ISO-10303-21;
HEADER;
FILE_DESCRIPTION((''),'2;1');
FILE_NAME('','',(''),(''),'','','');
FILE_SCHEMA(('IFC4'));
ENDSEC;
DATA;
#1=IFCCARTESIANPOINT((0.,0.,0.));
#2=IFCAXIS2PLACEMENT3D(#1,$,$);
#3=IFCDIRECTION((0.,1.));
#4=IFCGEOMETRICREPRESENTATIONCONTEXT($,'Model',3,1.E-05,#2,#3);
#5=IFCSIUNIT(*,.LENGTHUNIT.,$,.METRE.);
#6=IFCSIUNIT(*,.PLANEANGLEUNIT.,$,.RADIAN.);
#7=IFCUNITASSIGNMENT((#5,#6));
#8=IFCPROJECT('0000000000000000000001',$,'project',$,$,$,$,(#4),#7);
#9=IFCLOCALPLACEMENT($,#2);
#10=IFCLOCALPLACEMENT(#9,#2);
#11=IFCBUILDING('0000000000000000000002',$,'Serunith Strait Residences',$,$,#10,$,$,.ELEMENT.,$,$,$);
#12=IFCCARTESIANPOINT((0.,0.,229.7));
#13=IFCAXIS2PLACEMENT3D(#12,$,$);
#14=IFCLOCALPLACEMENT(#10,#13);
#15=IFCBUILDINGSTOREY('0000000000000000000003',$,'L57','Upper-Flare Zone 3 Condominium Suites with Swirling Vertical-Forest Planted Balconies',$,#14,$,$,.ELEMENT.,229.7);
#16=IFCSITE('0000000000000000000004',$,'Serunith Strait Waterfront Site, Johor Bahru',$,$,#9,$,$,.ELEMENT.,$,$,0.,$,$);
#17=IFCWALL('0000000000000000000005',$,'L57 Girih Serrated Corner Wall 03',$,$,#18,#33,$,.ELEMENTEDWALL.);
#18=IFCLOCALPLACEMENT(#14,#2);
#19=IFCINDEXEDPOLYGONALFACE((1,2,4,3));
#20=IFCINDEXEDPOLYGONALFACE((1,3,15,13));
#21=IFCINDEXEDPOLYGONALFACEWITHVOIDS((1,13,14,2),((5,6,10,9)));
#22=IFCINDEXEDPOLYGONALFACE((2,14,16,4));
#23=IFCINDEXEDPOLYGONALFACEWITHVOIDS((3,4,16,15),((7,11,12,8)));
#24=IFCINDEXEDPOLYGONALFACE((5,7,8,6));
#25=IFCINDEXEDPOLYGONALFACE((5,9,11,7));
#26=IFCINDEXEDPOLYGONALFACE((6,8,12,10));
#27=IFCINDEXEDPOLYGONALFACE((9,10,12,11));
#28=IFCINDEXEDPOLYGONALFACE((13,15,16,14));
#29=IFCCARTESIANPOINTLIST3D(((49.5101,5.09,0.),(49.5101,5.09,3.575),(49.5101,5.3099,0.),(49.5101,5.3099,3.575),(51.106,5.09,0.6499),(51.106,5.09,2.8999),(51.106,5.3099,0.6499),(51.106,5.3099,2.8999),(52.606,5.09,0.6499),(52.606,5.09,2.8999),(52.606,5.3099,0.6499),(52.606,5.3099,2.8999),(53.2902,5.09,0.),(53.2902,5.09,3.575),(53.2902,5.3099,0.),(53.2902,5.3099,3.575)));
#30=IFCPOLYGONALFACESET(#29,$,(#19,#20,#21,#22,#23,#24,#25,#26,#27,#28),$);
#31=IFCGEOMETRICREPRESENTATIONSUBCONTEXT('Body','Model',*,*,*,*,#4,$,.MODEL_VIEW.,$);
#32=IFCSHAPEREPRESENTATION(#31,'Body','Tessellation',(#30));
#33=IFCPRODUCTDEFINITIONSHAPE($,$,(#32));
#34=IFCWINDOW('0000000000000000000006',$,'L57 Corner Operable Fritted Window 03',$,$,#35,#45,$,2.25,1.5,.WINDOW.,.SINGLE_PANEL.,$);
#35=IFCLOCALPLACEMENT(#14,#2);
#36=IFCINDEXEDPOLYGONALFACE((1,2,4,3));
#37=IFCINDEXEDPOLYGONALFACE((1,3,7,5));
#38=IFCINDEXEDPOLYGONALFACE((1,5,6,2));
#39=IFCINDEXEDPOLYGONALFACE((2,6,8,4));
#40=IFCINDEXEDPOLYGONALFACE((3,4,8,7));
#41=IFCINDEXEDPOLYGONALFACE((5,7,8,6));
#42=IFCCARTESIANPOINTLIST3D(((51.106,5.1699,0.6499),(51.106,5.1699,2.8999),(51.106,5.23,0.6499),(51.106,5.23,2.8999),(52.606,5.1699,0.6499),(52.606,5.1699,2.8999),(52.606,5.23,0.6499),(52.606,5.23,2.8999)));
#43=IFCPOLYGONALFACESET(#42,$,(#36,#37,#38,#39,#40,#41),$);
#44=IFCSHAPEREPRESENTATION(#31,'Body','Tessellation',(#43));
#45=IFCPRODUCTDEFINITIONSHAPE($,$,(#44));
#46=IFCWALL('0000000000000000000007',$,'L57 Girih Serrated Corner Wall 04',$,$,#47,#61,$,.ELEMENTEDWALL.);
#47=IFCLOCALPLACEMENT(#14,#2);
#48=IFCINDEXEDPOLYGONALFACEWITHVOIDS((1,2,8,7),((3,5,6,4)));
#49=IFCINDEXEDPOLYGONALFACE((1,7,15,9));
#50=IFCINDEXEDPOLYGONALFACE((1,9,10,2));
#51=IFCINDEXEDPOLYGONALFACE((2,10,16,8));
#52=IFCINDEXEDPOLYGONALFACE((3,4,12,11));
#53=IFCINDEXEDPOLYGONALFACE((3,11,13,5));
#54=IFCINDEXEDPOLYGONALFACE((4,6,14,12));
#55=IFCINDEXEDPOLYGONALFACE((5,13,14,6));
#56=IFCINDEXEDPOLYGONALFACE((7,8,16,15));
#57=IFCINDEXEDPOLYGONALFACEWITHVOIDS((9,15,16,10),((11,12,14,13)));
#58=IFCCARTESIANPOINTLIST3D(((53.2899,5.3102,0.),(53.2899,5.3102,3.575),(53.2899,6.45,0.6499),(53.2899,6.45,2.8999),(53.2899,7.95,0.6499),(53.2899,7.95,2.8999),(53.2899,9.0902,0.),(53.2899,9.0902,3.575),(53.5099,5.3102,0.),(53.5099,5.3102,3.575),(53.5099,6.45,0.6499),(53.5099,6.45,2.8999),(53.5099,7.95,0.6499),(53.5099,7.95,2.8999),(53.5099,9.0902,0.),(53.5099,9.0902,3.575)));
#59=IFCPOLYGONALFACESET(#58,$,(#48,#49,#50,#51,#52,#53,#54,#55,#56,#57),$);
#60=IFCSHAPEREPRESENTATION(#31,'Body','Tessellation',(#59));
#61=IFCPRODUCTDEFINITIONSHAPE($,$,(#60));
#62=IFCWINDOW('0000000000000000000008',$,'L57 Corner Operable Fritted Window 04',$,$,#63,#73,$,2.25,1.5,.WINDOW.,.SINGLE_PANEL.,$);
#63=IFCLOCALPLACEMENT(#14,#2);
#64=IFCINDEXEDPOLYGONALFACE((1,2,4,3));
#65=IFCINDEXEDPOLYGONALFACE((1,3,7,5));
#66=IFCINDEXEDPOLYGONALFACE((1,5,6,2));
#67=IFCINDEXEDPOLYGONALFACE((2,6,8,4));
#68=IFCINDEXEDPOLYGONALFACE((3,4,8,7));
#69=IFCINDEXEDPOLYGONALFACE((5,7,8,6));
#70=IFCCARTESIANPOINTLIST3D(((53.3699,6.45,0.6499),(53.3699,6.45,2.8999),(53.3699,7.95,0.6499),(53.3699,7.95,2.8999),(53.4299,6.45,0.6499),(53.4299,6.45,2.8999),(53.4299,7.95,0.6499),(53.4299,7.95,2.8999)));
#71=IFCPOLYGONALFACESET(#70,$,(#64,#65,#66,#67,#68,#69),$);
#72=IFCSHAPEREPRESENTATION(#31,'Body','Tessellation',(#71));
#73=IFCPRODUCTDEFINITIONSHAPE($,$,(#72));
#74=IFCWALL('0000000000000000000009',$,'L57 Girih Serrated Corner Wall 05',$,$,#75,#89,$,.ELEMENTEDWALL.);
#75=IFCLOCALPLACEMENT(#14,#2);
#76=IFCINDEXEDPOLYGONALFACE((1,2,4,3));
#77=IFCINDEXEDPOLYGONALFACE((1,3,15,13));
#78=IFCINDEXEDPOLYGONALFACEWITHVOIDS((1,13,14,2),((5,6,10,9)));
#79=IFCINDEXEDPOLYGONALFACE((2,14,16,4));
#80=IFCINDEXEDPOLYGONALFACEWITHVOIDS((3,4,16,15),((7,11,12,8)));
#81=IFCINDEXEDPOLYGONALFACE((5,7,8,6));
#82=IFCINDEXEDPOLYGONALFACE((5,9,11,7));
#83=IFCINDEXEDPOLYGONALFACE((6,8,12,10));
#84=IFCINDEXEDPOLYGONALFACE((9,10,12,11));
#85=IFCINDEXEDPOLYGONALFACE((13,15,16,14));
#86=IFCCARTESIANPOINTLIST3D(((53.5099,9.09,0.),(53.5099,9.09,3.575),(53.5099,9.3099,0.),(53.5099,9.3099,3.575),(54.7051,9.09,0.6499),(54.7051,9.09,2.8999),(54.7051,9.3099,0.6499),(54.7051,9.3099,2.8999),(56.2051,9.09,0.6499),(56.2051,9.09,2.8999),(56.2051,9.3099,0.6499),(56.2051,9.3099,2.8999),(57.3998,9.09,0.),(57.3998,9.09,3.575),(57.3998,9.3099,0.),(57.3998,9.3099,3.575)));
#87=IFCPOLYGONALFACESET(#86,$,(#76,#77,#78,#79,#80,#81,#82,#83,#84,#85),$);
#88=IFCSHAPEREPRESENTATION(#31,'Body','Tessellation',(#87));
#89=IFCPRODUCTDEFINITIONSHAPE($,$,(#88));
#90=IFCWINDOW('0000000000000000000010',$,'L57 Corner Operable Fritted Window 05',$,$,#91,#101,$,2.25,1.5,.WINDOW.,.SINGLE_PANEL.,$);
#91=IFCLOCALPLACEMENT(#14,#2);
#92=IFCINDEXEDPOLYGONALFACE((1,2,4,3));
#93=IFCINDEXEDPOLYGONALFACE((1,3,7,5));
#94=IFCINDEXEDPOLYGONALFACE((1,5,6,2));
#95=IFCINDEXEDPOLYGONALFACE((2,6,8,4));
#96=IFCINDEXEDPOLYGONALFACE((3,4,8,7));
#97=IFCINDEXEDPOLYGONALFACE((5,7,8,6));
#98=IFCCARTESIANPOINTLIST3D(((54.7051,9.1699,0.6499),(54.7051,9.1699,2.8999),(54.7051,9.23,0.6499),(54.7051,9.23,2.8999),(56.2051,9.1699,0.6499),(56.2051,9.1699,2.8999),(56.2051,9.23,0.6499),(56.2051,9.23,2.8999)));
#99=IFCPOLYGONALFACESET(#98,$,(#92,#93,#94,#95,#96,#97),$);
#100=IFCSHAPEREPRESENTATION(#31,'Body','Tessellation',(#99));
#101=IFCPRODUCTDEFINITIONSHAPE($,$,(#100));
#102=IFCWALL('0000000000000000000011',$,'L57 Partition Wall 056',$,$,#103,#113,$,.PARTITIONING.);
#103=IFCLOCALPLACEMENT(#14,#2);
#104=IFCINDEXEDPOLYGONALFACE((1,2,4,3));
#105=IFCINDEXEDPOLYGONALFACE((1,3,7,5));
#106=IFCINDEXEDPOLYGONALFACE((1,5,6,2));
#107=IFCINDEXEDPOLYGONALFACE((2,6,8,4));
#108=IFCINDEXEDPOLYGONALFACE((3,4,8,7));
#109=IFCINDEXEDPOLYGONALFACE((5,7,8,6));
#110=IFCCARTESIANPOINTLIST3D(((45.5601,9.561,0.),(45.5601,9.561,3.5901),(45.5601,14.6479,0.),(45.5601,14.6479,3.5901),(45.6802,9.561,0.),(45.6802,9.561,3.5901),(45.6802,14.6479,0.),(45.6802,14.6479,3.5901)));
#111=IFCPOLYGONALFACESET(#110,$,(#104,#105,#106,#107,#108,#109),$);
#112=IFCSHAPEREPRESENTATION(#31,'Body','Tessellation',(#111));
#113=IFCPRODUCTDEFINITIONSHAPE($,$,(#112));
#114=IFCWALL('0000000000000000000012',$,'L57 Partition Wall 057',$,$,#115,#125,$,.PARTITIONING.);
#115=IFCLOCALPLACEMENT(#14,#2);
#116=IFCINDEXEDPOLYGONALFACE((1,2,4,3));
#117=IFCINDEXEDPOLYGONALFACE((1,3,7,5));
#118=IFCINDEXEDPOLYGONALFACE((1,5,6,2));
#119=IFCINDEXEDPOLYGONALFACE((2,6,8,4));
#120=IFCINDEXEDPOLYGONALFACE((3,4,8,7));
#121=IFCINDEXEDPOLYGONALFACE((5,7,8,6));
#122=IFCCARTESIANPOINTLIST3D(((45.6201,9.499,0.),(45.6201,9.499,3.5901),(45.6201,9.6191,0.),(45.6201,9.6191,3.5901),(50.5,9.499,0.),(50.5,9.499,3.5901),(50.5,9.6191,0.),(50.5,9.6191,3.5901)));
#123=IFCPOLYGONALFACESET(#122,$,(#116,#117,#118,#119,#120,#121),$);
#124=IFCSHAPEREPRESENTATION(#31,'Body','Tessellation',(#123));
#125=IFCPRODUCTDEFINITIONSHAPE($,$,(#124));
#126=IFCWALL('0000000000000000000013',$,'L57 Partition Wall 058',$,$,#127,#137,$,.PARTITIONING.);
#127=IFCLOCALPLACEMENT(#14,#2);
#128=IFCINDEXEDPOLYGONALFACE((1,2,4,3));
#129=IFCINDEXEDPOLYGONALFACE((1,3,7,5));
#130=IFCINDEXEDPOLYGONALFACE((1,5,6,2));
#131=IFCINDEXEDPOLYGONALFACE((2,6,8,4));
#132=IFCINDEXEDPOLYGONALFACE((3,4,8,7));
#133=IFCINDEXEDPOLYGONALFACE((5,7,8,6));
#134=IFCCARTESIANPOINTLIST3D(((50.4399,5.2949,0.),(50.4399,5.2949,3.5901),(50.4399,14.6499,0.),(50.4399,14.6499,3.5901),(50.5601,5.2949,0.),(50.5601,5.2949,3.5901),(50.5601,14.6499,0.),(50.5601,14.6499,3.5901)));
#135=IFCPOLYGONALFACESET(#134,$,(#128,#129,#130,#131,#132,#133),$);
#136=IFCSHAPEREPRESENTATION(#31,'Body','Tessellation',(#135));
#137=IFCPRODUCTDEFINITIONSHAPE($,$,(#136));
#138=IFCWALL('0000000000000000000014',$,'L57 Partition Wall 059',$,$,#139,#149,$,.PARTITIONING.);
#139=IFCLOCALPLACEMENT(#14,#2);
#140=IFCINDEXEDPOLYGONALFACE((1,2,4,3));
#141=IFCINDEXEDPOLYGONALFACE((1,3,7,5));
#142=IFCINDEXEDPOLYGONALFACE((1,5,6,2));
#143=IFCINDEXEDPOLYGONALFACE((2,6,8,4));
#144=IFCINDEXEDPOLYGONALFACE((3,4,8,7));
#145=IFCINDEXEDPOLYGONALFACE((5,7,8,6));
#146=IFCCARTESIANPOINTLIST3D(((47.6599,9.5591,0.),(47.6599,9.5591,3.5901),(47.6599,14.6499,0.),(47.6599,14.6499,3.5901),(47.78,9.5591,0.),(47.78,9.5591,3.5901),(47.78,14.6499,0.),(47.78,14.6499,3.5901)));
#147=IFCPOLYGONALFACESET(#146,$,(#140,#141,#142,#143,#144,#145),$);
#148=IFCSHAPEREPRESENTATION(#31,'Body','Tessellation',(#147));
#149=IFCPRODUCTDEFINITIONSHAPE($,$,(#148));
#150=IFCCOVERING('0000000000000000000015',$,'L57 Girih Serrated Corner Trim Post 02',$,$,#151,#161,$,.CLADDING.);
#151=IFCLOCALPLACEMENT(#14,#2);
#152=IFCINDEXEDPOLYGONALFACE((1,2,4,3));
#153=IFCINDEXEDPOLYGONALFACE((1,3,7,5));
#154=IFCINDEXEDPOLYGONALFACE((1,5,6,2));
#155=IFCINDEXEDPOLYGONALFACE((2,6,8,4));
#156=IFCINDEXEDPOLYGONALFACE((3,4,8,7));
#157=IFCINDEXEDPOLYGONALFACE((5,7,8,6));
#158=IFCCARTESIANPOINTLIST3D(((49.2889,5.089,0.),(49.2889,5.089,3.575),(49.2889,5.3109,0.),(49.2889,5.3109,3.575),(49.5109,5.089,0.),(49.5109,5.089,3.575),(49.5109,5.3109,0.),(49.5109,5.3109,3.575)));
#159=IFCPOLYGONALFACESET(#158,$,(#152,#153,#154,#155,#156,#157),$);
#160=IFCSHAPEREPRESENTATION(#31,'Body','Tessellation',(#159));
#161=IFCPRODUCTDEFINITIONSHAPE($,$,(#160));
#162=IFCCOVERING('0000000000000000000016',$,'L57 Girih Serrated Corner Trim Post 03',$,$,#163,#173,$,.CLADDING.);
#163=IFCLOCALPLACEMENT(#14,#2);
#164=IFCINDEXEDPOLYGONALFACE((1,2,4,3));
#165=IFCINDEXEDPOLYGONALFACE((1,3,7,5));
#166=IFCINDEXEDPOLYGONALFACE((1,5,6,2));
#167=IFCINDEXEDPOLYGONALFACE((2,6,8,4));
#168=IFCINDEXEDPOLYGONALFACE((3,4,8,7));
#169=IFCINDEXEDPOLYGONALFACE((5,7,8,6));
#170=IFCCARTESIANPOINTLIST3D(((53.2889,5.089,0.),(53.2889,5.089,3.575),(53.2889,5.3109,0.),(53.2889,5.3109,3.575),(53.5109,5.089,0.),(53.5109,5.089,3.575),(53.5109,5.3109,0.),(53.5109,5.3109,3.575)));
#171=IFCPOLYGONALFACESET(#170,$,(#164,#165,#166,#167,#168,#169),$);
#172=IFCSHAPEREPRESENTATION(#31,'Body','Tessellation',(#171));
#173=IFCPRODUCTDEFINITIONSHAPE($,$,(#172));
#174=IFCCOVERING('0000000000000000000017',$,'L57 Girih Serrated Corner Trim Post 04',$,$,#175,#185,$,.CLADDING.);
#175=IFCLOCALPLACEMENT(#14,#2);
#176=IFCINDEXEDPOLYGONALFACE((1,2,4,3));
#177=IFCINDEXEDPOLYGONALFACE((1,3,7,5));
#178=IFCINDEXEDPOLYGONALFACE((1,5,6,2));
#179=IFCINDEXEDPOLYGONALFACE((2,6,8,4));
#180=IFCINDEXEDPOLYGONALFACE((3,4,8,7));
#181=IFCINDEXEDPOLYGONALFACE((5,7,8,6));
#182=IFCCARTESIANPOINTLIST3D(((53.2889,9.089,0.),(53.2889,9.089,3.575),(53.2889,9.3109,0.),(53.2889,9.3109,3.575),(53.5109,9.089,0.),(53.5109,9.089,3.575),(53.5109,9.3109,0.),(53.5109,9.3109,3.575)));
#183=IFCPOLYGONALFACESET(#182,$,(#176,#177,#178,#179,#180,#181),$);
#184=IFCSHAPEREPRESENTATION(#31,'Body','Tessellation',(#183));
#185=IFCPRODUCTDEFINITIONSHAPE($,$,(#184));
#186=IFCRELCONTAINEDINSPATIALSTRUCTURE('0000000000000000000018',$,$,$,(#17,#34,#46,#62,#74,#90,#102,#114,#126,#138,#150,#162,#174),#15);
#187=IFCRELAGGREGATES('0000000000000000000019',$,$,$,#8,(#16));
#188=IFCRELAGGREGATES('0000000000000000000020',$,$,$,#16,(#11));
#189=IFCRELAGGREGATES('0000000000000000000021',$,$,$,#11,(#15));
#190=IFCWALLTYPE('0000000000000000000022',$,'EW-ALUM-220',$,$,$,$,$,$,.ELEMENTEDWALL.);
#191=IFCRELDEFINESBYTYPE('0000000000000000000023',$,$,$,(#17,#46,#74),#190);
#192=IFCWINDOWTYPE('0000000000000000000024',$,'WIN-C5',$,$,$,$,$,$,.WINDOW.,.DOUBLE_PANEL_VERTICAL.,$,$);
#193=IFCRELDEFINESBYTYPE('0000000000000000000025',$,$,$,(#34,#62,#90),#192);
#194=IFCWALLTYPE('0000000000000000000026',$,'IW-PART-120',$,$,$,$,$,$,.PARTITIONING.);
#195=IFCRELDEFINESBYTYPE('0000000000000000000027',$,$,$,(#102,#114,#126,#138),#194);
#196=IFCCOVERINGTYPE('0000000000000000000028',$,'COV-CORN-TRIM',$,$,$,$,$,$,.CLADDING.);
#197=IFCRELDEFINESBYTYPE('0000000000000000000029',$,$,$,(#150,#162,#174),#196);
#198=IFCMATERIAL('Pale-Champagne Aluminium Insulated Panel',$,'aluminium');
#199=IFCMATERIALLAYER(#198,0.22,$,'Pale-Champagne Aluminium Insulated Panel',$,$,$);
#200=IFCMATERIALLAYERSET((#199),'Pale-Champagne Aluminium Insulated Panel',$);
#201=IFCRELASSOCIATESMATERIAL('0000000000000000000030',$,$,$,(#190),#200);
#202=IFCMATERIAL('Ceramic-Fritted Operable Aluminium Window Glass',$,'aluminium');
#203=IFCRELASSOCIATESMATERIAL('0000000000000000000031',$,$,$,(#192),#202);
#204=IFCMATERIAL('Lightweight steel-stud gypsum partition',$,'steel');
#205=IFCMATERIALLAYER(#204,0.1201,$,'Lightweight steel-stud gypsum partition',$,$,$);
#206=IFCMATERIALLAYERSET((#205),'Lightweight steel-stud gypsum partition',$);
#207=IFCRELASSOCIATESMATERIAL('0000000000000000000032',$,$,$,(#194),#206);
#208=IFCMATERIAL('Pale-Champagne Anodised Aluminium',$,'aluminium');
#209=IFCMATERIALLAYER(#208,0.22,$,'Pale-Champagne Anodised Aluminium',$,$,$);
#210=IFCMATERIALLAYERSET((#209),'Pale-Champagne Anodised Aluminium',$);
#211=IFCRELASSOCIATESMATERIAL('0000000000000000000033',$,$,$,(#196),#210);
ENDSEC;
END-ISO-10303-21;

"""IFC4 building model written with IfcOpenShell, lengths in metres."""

from ifc_helpers import new_model, si_unit, direction, frame, frame_2d, origin, origin_2d, place, context, subcontext, project, spatial, rectangle, extrude, source, transform, mapped, material, layer, layer_set, type_object, element, fill, save


model = new_model("IFC4")

# Units and contexts
model_context = context("Model", 3, precision=1e-05, world=origin(), true_north=direction((0.0, 1.0)))
body_context = subcontext(model_context, "Body", "Model", "MODEL_VIEW")
ifc_project = project(units=[si_unit("LENGTHUNIT", "METRE"), si_unit("PLANEANGLEUNIT", "RADIAN")], contexts=[model_context])

# Site, building, storey
site_placement = place(None, origin())
site = spatial("IfcSite", under=ifc_project, at=site_placement, Name="Serunith Strait Waterfront Site, Johor Bahru", CompositionType="ELEMENT", RefElevation=0.0)
building_placement = place(site_placement, origin())
building = spatial("IfcBuilding", under=site, at=building_placement, Name="Serunith Strait Residences", CompositionType="ELEMENT")
storey_placement = place(building_placement, frame((0.0, 0.0, 229.7)))
storey = spatial("IfcBuildingStorey", under=building, at=storey_placement, Name="L57", Description="Upper-Flare Zone 3 Condominium Suites with Swirling Vertical-Forest Planted Balconies", CompositionType="ELEMENT", Elevation=229.7)

# Shared definitions
ifc_material_1 = material(Name="Pale-Champagne Anodised Aluminium", Category="aluminium")

# Walls, openings, windows
ifc_material_2 = material(Name="Pale-Champagne Aluminium Insulated Panel", Category="aluminium")
ifc_layer_1 = layer(ifc_material_2, 0.22, Name="Pale-Champagne Aluminium Insulated Panel")
ifc_layer_set_1 = layer_set([ifc_layer_1], Name="Pale-Champagne Aluminium Insulated Panel")
wall_type_1 = type_object("IfcWallType", Name="EW-ALUM-220", PredefinedType="ELEMENTEDWALL", material=ifc_layer_set_1)
ifc_material_3 = material(Name="Ceramic-Fritted Operable Aluminium Window Glass", Category="aluminium")
window_type = type_object("IfcWindowType", Name="WIN-C5", PartitioningType="DOUBLE_PANEL_VERTICAL", PredefinedType="WINDOW", material=ifc_material_3)
shared_shape_1 = source(origin(), body_context, "Body", "SweptSolid", [
    extrude(rectangle(XDim=1.5, YDim=2.25, at=frame_2d((0.75, 1.125))), frame((0.0, 0.03, 0.0), z_axis=(0.0, -1.0, 0.0), x_axis=(1.0, 0.0, 0.0)), (0.0, 0.0, 1.0), 0.0601),
])
wall_1_placement = place(storey_placement, frame((49.51, 5.2, 0.0), z_axis=(0.0, 0.0, 1.0), x_axis=(1.0, 0.0, 0.0)))
wall_1 = element("IfcWall", 1, at=wall_1_placement, inside=storey, type_object=wall_type_1, Name="L57 Girih Serrated Corner Wall 03", PredefinedType="ELEMENTEDWALL", context=body_context, shape_type="SweptSolid", body=[
    extrude(rectangle(XDim=3.78, YDim=0.22, at=frame_2d((1.8901, 0.0))), origin(), (0.0, 0.0, 1.0), 3.575),
])
opening_1_placement = place(wall_1_placement, frame((1.5959, 0.0, 0.6499)))
opening_1 = element("IfcOpeningElement", 2, at=opening_1_placement, cuts=wall_1, PredefinedType="OPENING", context=body_context, shape_type="SweptSolid", body=[
    extrude(rectangle(XDim=1.5, YDim=2.25, at=frame_2d((0.75, 1.125))), frame((0.0, 0.1201, 0.0), z_axis=(0.0, -1.0, 0.0), x_axis=(1.0, 0.0, 0.0)), (0.0, 0.0, 1.0), 0.24),
])
window_1_placement = place(opening_1_placement, origin())
window_1 = element("IfcWindow", 3, at=window_1_placement, inside=storey, type_object=window_type, Name="L57 Corner Operable Fritted Window 03", OverallHeight=2.25, OverallWidth=1.5, PartitioningType="SINGLE_PANEL", PredefinedType="WINDOW", context=body_context, shape_type="MappedRepresentation", body=[
    mapped(shared_shape_1, transform((0.0, 0.0, 0.0), scale=1.0)),
])
fill(opening_1, window_1)
wall_2_placement = place(storey_placement, frame((53.3999, 5.3101, 0.0), z_axis=(0.0, 0.0, 1.0), x_axis=(0.0, 1.0, 0.0)))
wall_2 = element("IfcWall", 4, at=wall_2_placement, inside=storey, type_object=wall_type_1, Name="L57 Girih Serrated Corner Wall 04", PredefinedType="ELEMENTEDWALL", context=body_context, shape_type="SweptSolid", body=[
    extrude(rectangle(XDim=3.78, YDim=0.22, at=frame_2d((1.8901, 0.0))), origin(), (0.0, 0.0, 1.0), 3.575),
])
opening_2_placement = place(wall_2_placement, frame((1.1399, 0.0, 0.6499)))
opening_2 = element("IfcOpeningElement", 5, at=opening_2_placement, cuts=wall_2, PredefinedType="OPENING", context=body_context, shape_type="SweptSolid", body=[
    extrude(rectangle(XDim=1.5, YDim=2.25, at=frame_2d((0.75, 1.125))), frame((0.0, 0.1201, 0.0), z_axis=(0.0, -1.0, 0.0), x_axis=(1.0, 0.0, 0.0)), (0.0, 0.0, 1.0), 0.24),
])
window_2_placement = place(opening_2_placement, origin())
window_2 = element("IfcWindow", 6, at=window_2_placement, inside=storey, type_object=window_type, Name="L57 Corner Operable Fritted Window 04", OverallHeight=2.25, OverallWidth=1.5, PartitioningType="SINGLE_PANEL", PredefinedType="WINDOW", context=body_context, shape_type="MappedRepresentation", body=[
    mapped(shared_shape_1, transform((0.0, 0.0, 0.0), scale=1.0)),
])
fill(opening_2, window_2)
wall_3_placement = place(storey_placement, frame((53.51, 9.2, 0.0), z_axis=(0.0, 0.0, 1.0), x_axis=(1.0, 0.0, 0.0)))
wall_3 = element("IfcWall", 7, at=wall_3_placement, inside=storey, type_object=wall_type_1, Name="L57 Girih Serrated Corner Wall 05", PredefinedType="ELEMENTEDWALL", context=body_context, shape_type="SweptSolid", body=[
    extrude(rectangle(XDim=3.8899, YDim=0.22, at=frame_2d((1.9448, 0.0))), origin(), (0.0, 0.0, 1.0), 3.575),
])
opening_3_placement = place(wall_3_placement, frame((1.1951, 0.0, 0.6499)))
opening_3 = element("IfcOpeningElement", 8, at=opening_3_placement, cuts=wall_3, PredefinedType="OPENING", context=body_context, shape_type="SweptSolid", body=[
    extrude(rectangle(XDim=1.5, YDim=2.25, at=frame_2d((0.75, 1.125))), frame((0.0, 0.1201, 0.0), z_axis=(0.0, -1.0, 0.0), x_axis=(1.0, 0.0, 0.0)), (0.0, 0.0, 1.0), 0.24),
])
window_3_placement = place(opening_3_placement, origin())
window_3 = element("IfcWindow", 9, at=window_3_placement, inside=storey, type_object=window_type, Name="L57 Corner Operable Fritted Window 05", OverallHeight=2.25, OverallWidth=1.5, PartitioningType="SINGLE_PANEL", PredefinedType="WINDOW", context=body_context, shape_type="MappedRepresentation", body=[
    mapped(shared_shape_1, transform((0.0, 0.0, 0.0), scale=1.0)),
])
fill(opening_3, window_3)

# Walls
ifc_material_4 = material(Name="Lightweight steel-stud gypsum partition", Category="steel")
ifc_layer_2 = layer(ifc_material_4, 0.1201, Name="Lightweight steel-stud gypsum partition")
ifc_layer_set_2 = layer_set([ifc_layer_2], Name="Lightweight steel-stud gypsum partition")
wall_type_2 = type_object("IfcWallType", Name="IW-PART-120", PredefinedType="PARTITIONING", material=ifc_layer_set_2)
wall_4_placement = place(storey_placement, frame((45.6201, 9.561, 0.0), z_axis=(0.0, 0.0, 1.0), x_axis=(0.0, 1.0, 0.0)))
element("IfcWall", 10, at=wall_4_placement, inside=storey, type_object=wall_type_2, Name="L57 Partition Wall 056", PredefinedType="PARTITIONING", context=body_context, shape_type="SweptSolid", body=[
    extrude(rectangle(XDim=5.0869, YDim=0.1201, at=frame_2d((2.5435, 0.0))), origin(), (0.0, 0.0, 1.0), 3.5901),
])
wall_5_placement = place(storey_placement, frame((45.6201, 9.5591, 0.0), z_axis=(0.0, 0.0, 1.0), x_axis=(1.0, 0.0, 0.0)))
element("IfcWall", 11, at=wall_5_placement, inside=storey, type_object=wall_type_2, Name="L57 Partition Wall 057", PredefinedType="PARTITIONING", context=body_context, shape_type="SweptSolid", body=[
    extrude(rectangle(XDim=4.8799, YDim=0.1201, at=frame_2d((2.4399, 0.0))), origin(), (0.0, 0.0, 1.0), 3.5901),
])
wall_6_placement = place(storey_placement, frame((50.5, 5.2949, 0.0), z_axis=(0.0, 0.0, 1.0), x_axis=(0.0, 1.0, 0.0)))
element("IfcWall", 12, at=wall_6_placement, inside=storey, type_object=wall_type_2, Name="L57 Partition Wall 058", PredefinedType="PARTITIONING", context=body_context, shape_type="SweptSolid", body=[
    extrude(rectangle(XDim=9.355, YDim=0.1201, at=frame_2d((4.6775, 0.0))), origin(), (0.0, 0.0, 1.0), 3.5901),
])
wall_7_placement = place(storey_placement, frame((47.72, 9.5591, 0.0), z_axis=(0.0, 0.0, 1.0), x_axis=(0.0, 1.0, 0.0)))
element("IfcWall", 13, at=wall_7_placement, inside=storey, type_object=wall_type_2, Name="L57 Partition Wall 059", PredefinedType="PARTITIONING", context=body_context, shape_type="SweptSolid", body=[
    extrude(rectangle(XDim=5.0908, YDim=0.1201, at=frame_2d((2.5454, 0.0))), origin(), (0.0, 0.0, 1.0), 3.5901),
])

# Coverings
ifc_layer_3 = layer(ifc_material_1, 0.22, Name="Pale-Champagne Anodised Aluminium")
ifc_layer_set_3 = layer_set([ifc_layer_3], Name="Pale-Champagne Anodised Aluminium")
covering_type = type_object("IfcCoveringType", Name="COV-CORN-TRIM", PredefinedType="CLADDING", material=ifc_layer_set_3)
shared_shape_2 = source(origin(), body_context, "Body", "SweptSolid", [
    extrude(rectangle(XDim=0.2219, YDim=0.2219, at=origin_2d()), origin(), (0.0, 0.0, 1.0), 3.575),
])
for number, where, z_axis, x_axis, name in (
    (14, (49.3999, 5.2, 0.0), (0.0, 0.0, 1.0), (1.0, 0.0, 0.0), "L57 Girih Serrated Corner Trim Post 02"),
    (15, (53.3999, 5.2, 0.0), (0.0, 0.0, 1.0), (1.0, 0.0, 0.0), "L57 Girih Serrated Corner Trim Post 03"),
    (16, (53.3999, 9.2, 0.0), (0.0, 0.0, 1.0), (1.0, 0.0, 0.0), "L57 Girih Serrated Corner Trim Post 04"),
):
    element("IfcCovering", number, at=place(storey_placement, frame(where, z_axis=z_axis, x_axis=x_axis)), inside=storey, type_object=covering_type, Name=name, PredefinedType="CLADDING", context=body_context, shape_type="MappedRepresentation", body=[
        mapped(shared_shape_2, transform((0.0, 0.0, 0.0), scale=1.0)),
    ])

save(model, "model.ifc")
